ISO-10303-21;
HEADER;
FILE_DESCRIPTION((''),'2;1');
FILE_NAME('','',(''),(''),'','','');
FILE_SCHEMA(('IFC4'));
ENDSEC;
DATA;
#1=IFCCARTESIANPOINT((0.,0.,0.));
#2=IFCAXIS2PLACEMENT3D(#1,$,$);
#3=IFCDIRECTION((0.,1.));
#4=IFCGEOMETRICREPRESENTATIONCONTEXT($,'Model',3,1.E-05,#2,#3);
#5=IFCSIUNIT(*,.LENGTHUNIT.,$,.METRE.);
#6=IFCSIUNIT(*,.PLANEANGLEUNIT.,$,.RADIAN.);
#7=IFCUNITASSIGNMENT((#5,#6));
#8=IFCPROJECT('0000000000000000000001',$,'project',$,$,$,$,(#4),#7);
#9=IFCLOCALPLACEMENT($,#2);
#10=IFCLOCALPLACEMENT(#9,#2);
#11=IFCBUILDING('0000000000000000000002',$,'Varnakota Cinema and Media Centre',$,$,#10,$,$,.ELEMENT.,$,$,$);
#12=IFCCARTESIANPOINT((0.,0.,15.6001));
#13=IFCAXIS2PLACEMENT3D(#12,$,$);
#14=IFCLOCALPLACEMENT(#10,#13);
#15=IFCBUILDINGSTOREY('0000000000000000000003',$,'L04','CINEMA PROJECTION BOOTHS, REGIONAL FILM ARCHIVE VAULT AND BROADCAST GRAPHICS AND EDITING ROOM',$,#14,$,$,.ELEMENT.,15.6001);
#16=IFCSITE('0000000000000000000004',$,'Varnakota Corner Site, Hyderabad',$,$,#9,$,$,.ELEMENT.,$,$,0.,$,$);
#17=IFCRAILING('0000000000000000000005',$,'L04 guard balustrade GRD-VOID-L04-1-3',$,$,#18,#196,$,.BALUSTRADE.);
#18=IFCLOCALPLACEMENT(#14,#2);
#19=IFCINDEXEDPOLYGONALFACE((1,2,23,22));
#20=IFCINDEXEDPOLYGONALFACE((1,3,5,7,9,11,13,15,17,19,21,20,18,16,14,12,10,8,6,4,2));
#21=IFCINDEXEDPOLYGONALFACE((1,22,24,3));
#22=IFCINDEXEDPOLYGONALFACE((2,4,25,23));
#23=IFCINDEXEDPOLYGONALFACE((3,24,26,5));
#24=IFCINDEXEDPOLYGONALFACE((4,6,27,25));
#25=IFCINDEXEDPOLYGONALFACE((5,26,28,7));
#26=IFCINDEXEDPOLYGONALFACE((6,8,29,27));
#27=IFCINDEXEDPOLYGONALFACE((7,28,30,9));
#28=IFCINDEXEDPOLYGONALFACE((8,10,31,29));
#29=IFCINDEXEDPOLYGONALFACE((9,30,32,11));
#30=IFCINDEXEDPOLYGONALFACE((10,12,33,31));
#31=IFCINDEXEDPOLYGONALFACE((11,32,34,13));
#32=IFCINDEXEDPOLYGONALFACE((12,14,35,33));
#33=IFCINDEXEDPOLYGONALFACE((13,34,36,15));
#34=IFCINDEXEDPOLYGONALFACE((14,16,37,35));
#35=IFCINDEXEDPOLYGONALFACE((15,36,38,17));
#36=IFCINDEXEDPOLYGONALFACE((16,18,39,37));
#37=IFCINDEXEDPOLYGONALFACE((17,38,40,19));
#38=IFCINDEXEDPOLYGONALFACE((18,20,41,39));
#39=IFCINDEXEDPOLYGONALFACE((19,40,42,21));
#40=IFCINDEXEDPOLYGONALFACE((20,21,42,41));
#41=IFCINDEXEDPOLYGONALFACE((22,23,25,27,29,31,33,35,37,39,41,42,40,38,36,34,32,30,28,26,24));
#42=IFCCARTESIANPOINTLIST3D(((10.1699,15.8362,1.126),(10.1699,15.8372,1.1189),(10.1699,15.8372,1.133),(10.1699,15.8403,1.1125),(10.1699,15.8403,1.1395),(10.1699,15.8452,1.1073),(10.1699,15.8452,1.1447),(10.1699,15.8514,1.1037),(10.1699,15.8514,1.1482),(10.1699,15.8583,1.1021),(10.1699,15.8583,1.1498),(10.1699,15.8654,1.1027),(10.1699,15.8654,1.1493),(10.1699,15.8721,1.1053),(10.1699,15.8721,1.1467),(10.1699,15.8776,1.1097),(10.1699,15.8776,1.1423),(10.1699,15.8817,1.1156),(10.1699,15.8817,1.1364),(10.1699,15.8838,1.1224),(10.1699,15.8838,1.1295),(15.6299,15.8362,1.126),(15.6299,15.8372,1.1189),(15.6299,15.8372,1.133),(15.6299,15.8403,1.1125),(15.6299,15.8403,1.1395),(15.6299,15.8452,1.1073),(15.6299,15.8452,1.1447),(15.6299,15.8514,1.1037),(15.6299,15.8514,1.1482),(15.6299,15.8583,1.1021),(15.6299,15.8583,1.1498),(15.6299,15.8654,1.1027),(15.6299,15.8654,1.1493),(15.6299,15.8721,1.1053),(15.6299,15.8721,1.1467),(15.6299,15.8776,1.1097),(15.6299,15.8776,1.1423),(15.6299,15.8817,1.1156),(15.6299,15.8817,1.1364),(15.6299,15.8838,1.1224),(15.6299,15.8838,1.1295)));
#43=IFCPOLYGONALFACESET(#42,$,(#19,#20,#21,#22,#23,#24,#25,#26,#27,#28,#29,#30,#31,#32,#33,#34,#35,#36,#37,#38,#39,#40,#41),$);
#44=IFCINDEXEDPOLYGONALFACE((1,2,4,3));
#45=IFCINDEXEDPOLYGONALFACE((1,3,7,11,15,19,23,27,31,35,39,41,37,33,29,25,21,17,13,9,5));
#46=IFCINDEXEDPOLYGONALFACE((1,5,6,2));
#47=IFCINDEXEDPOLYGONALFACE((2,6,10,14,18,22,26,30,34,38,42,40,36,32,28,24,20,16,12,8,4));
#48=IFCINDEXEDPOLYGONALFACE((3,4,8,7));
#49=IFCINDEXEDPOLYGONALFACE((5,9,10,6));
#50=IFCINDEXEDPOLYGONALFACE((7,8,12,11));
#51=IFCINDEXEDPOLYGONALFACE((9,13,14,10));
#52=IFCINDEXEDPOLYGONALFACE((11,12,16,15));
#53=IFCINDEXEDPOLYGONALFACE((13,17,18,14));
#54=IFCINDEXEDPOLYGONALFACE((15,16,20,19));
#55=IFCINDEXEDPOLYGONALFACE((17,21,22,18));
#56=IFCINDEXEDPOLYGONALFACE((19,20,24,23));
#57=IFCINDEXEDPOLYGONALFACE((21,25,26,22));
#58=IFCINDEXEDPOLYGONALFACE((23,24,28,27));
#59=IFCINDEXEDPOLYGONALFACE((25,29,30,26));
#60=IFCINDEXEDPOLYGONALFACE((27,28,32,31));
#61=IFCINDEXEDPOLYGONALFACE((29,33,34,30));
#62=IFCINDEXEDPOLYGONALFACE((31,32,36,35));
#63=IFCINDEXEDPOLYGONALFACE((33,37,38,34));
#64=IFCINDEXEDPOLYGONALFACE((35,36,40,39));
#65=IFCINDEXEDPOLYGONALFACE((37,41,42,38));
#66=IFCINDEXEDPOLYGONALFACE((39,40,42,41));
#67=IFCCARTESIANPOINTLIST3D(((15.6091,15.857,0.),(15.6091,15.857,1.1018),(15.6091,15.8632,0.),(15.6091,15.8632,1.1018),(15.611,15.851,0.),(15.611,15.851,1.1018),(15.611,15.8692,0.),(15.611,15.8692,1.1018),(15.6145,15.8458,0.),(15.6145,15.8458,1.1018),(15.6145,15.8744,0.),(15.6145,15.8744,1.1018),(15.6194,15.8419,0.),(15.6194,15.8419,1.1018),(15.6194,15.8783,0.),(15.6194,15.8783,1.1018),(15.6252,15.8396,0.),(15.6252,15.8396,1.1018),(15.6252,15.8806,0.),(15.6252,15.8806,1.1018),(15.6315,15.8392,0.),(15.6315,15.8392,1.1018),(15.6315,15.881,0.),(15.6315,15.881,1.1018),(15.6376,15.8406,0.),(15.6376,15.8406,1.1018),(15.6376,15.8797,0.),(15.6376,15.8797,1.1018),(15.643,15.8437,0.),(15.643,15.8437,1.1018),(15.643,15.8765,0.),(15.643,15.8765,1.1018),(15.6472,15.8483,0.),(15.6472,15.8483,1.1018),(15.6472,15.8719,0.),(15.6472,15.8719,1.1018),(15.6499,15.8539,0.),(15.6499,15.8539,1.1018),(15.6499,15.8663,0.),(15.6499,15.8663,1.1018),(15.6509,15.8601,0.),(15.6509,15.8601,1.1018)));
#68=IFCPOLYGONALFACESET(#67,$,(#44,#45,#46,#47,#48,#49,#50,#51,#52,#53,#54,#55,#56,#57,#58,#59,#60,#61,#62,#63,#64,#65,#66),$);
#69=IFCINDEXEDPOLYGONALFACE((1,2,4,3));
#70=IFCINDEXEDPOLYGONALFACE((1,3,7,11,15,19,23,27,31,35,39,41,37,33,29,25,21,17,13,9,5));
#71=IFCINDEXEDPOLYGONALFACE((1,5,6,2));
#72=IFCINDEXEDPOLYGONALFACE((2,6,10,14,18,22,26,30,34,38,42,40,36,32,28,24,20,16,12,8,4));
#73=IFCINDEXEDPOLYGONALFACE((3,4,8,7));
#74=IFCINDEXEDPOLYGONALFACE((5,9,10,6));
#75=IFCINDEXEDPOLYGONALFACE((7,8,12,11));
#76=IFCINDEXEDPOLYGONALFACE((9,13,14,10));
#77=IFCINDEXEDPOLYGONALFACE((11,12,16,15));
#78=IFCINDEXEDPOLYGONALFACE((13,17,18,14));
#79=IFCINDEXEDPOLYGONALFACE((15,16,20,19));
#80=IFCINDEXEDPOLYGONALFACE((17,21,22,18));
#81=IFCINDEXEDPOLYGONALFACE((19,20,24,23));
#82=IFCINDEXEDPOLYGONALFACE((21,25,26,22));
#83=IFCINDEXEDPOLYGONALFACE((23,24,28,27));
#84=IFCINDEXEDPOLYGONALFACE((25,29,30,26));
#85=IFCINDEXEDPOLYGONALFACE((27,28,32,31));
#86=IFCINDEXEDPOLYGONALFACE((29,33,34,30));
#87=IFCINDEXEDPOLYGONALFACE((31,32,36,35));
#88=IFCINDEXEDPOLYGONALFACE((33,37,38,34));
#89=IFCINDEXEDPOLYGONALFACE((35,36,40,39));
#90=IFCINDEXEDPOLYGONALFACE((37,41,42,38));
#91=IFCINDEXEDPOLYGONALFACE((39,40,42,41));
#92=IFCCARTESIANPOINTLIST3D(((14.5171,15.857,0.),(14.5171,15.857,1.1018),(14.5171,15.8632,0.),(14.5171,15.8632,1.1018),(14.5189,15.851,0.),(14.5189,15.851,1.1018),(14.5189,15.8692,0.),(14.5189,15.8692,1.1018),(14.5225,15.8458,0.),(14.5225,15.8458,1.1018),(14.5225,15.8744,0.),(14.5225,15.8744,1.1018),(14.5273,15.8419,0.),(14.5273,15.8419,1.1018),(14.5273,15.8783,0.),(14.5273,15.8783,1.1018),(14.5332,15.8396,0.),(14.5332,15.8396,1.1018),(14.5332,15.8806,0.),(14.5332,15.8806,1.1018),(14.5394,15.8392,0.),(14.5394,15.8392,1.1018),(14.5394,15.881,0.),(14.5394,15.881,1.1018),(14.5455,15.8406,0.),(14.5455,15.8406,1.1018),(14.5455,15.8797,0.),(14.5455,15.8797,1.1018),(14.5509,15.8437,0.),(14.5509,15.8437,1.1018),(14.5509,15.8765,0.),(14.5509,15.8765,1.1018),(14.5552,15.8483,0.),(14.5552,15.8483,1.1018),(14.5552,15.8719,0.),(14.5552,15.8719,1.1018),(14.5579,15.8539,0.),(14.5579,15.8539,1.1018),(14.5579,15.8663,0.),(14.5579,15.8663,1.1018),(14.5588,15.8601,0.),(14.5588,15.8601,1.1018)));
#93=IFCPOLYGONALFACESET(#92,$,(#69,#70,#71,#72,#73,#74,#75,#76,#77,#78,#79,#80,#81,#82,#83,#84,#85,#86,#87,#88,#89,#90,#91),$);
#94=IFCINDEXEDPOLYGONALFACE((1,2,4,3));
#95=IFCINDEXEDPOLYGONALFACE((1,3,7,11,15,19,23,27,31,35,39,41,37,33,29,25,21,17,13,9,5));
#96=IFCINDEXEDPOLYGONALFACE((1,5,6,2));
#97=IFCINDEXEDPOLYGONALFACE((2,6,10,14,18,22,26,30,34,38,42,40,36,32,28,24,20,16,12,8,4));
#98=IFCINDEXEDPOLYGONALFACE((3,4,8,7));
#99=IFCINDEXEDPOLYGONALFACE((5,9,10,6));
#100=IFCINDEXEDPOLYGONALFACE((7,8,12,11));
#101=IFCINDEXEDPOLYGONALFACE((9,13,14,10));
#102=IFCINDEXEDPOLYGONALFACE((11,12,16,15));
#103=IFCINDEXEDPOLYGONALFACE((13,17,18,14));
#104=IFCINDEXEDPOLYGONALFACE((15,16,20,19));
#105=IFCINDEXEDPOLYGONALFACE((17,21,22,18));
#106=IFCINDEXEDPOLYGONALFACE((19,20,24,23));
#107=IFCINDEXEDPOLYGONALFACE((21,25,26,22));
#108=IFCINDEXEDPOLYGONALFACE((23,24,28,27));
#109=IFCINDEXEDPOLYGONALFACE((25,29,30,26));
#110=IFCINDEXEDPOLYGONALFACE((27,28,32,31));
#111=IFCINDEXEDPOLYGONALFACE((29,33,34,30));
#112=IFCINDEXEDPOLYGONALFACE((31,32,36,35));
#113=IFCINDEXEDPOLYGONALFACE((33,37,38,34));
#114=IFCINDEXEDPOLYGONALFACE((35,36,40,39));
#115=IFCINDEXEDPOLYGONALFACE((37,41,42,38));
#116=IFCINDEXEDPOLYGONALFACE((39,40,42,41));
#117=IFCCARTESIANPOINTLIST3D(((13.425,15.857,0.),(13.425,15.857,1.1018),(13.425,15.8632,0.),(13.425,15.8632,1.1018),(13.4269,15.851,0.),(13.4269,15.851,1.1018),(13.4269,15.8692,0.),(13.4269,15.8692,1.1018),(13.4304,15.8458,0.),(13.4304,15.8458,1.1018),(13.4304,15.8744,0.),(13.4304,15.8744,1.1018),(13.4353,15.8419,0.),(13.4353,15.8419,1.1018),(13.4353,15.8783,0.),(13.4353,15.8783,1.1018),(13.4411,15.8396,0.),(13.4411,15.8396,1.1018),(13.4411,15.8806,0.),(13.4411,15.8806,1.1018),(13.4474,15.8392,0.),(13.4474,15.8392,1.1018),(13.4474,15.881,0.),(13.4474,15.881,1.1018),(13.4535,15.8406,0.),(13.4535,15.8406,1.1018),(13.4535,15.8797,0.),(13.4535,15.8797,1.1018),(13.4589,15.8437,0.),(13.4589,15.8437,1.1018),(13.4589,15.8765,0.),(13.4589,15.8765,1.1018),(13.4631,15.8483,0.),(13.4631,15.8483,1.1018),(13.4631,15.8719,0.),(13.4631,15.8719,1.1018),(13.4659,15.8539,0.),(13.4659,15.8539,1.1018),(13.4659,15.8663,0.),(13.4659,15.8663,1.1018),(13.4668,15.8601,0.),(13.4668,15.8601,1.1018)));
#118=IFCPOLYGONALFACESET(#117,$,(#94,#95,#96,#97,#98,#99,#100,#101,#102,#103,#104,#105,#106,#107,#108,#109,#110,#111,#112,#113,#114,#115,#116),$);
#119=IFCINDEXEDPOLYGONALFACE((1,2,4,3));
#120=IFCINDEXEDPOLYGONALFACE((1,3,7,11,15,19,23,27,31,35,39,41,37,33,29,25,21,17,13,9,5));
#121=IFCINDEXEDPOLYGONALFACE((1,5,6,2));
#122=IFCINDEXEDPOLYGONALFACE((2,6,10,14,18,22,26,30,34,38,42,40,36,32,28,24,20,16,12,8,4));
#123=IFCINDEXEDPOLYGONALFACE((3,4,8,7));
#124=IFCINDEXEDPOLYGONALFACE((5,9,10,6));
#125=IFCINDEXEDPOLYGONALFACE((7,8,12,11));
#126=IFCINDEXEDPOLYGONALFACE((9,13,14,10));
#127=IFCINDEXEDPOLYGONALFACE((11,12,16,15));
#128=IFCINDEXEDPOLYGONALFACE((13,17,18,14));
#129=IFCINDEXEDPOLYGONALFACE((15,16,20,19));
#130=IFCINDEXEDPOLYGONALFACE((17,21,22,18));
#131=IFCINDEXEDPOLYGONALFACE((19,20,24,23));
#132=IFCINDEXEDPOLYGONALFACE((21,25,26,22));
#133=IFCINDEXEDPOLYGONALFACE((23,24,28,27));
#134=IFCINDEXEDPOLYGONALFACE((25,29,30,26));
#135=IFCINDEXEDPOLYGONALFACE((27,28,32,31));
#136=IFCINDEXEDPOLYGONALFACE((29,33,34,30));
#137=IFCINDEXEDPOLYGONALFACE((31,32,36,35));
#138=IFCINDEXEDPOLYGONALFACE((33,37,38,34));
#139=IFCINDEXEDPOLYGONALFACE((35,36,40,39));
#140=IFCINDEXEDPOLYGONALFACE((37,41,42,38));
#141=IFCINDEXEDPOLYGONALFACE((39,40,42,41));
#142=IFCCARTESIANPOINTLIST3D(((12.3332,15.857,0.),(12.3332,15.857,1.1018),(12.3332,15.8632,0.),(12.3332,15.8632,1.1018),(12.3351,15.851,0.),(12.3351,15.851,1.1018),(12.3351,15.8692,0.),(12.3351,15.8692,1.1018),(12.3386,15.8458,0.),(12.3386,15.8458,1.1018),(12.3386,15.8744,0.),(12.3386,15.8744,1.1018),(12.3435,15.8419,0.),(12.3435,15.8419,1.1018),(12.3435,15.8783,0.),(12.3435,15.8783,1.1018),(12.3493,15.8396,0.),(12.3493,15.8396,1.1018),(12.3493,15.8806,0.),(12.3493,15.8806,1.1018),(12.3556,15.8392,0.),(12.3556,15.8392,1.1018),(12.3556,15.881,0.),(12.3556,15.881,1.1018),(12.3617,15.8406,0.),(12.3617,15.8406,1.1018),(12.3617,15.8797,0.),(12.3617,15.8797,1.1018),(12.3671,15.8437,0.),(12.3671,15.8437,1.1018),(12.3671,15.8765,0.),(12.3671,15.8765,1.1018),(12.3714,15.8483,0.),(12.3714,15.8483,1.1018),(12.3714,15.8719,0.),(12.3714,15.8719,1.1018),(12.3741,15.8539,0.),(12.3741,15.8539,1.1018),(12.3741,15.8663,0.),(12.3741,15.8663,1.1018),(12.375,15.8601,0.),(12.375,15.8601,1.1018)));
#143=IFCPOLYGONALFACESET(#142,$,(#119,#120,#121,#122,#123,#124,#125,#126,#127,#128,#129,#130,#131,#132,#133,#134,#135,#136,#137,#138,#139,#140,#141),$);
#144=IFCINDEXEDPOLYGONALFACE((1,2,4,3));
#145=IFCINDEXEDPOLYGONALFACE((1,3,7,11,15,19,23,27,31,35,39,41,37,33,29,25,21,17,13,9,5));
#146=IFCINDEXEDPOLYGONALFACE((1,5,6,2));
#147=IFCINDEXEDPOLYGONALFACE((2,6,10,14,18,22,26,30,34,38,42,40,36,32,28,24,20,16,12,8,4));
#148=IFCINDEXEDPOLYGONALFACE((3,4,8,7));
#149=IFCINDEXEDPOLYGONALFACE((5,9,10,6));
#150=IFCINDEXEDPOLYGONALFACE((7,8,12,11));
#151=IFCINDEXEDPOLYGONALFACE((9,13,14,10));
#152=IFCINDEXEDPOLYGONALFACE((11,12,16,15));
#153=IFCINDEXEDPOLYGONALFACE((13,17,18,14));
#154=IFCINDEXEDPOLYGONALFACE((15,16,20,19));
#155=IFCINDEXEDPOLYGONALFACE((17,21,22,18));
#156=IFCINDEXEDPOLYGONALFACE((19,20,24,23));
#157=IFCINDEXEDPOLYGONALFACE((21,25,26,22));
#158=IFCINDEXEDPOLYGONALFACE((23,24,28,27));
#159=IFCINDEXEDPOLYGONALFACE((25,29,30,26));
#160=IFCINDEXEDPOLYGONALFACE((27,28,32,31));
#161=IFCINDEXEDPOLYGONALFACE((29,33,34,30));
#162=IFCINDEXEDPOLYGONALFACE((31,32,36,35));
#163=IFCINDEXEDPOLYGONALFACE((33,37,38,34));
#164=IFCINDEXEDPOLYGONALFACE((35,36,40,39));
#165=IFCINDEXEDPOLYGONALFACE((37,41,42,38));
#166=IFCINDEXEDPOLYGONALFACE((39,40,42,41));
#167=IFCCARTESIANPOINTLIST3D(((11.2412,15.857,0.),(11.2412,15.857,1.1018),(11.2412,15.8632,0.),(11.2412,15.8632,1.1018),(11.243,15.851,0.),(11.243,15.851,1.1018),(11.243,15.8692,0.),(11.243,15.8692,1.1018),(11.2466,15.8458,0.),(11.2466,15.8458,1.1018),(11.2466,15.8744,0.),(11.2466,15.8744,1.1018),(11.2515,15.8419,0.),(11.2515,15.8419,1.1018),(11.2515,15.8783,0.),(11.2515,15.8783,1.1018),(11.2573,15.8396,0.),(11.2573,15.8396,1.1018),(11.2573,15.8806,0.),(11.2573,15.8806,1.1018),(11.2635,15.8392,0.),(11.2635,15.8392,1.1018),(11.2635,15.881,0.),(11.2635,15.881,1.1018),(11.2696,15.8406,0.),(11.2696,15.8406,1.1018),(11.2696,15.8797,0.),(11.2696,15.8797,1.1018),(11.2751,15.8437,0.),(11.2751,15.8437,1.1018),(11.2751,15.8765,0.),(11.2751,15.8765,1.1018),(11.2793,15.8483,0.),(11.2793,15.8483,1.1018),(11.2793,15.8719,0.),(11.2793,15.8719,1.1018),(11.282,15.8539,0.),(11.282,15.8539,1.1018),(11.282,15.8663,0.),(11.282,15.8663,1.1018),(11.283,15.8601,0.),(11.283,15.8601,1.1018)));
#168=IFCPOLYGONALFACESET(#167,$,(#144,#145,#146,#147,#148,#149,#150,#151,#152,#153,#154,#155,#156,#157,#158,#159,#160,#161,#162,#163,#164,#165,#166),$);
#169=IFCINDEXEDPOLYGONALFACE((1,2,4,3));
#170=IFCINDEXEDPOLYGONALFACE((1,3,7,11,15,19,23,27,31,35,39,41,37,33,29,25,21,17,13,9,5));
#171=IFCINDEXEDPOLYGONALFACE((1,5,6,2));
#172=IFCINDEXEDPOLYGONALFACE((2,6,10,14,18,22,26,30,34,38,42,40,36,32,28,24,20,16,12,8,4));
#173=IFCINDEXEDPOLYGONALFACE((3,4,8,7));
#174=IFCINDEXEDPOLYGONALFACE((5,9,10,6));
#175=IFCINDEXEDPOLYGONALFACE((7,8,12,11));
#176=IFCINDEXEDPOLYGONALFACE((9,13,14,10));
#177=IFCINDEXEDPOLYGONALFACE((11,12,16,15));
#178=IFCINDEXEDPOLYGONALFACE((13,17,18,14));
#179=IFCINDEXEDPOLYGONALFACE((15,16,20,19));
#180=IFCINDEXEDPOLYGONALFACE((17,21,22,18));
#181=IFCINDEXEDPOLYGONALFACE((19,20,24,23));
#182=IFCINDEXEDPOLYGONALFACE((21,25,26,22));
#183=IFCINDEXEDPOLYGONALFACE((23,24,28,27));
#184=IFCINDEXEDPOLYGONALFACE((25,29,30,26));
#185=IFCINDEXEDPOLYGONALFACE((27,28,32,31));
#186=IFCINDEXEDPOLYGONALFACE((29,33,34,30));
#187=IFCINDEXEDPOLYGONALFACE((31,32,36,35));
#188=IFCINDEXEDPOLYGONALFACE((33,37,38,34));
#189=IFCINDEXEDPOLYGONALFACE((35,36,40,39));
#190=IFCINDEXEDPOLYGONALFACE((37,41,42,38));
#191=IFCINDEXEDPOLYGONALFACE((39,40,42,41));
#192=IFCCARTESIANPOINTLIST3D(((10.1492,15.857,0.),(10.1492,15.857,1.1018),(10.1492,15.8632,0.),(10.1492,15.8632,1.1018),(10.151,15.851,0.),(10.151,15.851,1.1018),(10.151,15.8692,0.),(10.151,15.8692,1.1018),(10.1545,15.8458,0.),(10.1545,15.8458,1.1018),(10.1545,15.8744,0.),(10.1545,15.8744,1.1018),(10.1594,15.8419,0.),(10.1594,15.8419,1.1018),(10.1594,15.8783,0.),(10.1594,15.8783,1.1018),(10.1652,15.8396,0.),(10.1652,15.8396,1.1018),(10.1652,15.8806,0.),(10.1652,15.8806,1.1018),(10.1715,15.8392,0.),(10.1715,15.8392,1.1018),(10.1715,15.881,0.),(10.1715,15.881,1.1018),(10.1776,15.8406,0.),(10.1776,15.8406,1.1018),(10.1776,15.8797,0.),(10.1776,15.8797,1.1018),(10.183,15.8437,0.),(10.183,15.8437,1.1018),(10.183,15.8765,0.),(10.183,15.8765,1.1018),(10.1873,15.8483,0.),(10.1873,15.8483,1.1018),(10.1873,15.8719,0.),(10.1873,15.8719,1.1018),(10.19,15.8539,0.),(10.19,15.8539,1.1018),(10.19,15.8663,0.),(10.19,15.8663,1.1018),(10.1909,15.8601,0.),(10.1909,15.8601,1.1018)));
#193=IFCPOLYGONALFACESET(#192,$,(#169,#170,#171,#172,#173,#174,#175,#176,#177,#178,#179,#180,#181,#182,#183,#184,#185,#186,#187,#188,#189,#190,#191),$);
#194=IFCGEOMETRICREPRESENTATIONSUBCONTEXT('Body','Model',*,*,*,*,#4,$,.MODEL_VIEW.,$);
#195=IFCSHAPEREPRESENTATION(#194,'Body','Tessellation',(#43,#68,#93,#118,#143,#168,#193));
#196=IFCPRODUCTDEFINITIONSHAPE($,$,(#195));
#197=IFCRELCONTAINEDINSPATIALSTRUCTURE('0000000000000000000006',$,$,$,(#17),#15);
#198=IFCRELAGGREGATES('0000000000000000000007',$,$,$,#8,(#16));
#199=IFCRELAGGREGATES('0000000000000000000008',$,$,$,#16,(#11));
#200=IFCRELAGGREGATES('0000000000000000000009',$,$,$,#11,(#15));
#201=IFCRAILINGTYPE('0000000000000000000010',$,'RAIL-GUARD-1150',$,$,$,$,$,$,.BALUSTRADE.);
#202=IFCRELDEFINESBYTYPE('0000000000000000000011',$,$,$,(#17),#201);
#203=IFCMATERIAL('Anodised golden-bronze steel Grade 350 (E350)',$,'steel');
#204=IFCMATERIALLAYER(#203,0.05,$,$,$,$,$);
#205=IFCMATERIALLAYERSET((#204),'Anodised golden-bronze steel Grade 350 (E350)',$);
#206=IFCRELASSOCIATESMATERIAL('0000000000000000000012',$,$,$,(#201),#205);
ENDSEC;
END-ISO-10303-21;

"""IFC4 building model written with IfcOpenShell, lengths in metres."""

from ifc_helpers import new_model, si_unit, direction, frame, origin, origin_2d, place, context, subcontext, project, spatial, circle, extrude, material, layer, layer_set, type_object, element, save


model = new_model("IFC4")

# Units and contexts
model_context = context("Model", 3, precision=1e-05, world=origin(), true_north=direction((0.0, 1.0)))
body_context = subcontext(model_context, "Body", "Model", "MODEL_VIEW")
ifc_project = project(units=[si_unit("LENGTHUNIT", "METRE"), si_unit("PLANEANGLEUNIT", "RADIAN")], contexts=[model_context])

# Site, building, storey
site_placement = place(None, origin())
site = spatial("IfcSite", under=ifc_project, at=site_placement, Name="Varnakota Corner Site, Hyderabad", CompositionType="ELEMENT", RefElevation=0.0)
building_placement = place(site_placement, origin())
building = spatial("IfcBuilding", under=site, at=building_placement, Name="Varnakota Cinema and Media Centre", CompositionType="ELEMENT")
storey_placement = place(building_placement, frame((0.0, 0.0, 15.6001)))
storey = spatial("IfcBuildingStorey", under=building, at=storey_placement, Name="L04", Description="CINEMA PROJECTION BOOTHS, REGIONAL FILM ARCHIVE VAULT AND BROADCAST GRAPHICS AND EDITING ROOM", CompositionType="ELEMENT", Elevation=15.6001)

# Railing
ifc_material_1 = material(Name="Anodised golden-bronze steel Grade 350 (E350)", Category="steel")
ifc_layer_1 = layer(ifc_material_1, 0.05)
ifc_layer_set_1 = layer_set([ifc_layer_1], Name="Anodised golden-bronze steel Grade 350 (E350)")
railing_type = type_object("IfcRailingType", Name="RAIL-GUARD-1150", PredefinedType="BALUSTRADE", material=ifc_layer_set_1)
railing_1_placement = place(storey_placement, frame((15.6299, 15.8601, 0.0)))
element("IfcRailing", 1, at=railing_1_placement, inside=storey, type_object=railing_type, Name="L04 guard balustrade GRD-VOID-L04-1-3", PredefinedType="BALUSTRADE", context=body_context, shape_type="SweptSolid", body=[
    extrude(circle(Radius=0.0239, at=origin_2d()), frame((0.0, 0.0, 1.126), z_axis=(-1.0, 0.0, 0.0), x_axis=(0.0, -1.0, 0.0)), (0.0, 0.0, 1.0), 5.46),
    extrude(circle(Radius=0.021, at=origin_2d()), origin(), (0.0, 0.0, 1.0), 1.1018),
    extrude(circle(Radius=0.021, at=origin_2d()), frame((-1.092, 0.0, 0.0)), (0.0, 0.0, 1.0), 1.1018),
    extrude(circle(Radius=0.021, at=origin_2d()), frame((-2.1841, 0.0, 0.0)), (0.0, 0.0, 1.0), 1.1018),
    extrude(circle(Radius=0.021, at=origin_2d()), frame((-3.2759, 0.0, 0.0)), (0.0, 0.0, 1.0), 1.1018),
    extrude(circle(Radius=0.021, at=origin_2d()), frame((-4.3679, 0.0, 0.0)), (0.0, 0.0, 1.0), 1.1018),
    extrude(circle(Radius=0.021, at=origin_2d()), frame((-5.46, 0.0, 0.0)), (0.0, 0.0, 1.0), 1.1018),
])

save(model, "model.ifc")
